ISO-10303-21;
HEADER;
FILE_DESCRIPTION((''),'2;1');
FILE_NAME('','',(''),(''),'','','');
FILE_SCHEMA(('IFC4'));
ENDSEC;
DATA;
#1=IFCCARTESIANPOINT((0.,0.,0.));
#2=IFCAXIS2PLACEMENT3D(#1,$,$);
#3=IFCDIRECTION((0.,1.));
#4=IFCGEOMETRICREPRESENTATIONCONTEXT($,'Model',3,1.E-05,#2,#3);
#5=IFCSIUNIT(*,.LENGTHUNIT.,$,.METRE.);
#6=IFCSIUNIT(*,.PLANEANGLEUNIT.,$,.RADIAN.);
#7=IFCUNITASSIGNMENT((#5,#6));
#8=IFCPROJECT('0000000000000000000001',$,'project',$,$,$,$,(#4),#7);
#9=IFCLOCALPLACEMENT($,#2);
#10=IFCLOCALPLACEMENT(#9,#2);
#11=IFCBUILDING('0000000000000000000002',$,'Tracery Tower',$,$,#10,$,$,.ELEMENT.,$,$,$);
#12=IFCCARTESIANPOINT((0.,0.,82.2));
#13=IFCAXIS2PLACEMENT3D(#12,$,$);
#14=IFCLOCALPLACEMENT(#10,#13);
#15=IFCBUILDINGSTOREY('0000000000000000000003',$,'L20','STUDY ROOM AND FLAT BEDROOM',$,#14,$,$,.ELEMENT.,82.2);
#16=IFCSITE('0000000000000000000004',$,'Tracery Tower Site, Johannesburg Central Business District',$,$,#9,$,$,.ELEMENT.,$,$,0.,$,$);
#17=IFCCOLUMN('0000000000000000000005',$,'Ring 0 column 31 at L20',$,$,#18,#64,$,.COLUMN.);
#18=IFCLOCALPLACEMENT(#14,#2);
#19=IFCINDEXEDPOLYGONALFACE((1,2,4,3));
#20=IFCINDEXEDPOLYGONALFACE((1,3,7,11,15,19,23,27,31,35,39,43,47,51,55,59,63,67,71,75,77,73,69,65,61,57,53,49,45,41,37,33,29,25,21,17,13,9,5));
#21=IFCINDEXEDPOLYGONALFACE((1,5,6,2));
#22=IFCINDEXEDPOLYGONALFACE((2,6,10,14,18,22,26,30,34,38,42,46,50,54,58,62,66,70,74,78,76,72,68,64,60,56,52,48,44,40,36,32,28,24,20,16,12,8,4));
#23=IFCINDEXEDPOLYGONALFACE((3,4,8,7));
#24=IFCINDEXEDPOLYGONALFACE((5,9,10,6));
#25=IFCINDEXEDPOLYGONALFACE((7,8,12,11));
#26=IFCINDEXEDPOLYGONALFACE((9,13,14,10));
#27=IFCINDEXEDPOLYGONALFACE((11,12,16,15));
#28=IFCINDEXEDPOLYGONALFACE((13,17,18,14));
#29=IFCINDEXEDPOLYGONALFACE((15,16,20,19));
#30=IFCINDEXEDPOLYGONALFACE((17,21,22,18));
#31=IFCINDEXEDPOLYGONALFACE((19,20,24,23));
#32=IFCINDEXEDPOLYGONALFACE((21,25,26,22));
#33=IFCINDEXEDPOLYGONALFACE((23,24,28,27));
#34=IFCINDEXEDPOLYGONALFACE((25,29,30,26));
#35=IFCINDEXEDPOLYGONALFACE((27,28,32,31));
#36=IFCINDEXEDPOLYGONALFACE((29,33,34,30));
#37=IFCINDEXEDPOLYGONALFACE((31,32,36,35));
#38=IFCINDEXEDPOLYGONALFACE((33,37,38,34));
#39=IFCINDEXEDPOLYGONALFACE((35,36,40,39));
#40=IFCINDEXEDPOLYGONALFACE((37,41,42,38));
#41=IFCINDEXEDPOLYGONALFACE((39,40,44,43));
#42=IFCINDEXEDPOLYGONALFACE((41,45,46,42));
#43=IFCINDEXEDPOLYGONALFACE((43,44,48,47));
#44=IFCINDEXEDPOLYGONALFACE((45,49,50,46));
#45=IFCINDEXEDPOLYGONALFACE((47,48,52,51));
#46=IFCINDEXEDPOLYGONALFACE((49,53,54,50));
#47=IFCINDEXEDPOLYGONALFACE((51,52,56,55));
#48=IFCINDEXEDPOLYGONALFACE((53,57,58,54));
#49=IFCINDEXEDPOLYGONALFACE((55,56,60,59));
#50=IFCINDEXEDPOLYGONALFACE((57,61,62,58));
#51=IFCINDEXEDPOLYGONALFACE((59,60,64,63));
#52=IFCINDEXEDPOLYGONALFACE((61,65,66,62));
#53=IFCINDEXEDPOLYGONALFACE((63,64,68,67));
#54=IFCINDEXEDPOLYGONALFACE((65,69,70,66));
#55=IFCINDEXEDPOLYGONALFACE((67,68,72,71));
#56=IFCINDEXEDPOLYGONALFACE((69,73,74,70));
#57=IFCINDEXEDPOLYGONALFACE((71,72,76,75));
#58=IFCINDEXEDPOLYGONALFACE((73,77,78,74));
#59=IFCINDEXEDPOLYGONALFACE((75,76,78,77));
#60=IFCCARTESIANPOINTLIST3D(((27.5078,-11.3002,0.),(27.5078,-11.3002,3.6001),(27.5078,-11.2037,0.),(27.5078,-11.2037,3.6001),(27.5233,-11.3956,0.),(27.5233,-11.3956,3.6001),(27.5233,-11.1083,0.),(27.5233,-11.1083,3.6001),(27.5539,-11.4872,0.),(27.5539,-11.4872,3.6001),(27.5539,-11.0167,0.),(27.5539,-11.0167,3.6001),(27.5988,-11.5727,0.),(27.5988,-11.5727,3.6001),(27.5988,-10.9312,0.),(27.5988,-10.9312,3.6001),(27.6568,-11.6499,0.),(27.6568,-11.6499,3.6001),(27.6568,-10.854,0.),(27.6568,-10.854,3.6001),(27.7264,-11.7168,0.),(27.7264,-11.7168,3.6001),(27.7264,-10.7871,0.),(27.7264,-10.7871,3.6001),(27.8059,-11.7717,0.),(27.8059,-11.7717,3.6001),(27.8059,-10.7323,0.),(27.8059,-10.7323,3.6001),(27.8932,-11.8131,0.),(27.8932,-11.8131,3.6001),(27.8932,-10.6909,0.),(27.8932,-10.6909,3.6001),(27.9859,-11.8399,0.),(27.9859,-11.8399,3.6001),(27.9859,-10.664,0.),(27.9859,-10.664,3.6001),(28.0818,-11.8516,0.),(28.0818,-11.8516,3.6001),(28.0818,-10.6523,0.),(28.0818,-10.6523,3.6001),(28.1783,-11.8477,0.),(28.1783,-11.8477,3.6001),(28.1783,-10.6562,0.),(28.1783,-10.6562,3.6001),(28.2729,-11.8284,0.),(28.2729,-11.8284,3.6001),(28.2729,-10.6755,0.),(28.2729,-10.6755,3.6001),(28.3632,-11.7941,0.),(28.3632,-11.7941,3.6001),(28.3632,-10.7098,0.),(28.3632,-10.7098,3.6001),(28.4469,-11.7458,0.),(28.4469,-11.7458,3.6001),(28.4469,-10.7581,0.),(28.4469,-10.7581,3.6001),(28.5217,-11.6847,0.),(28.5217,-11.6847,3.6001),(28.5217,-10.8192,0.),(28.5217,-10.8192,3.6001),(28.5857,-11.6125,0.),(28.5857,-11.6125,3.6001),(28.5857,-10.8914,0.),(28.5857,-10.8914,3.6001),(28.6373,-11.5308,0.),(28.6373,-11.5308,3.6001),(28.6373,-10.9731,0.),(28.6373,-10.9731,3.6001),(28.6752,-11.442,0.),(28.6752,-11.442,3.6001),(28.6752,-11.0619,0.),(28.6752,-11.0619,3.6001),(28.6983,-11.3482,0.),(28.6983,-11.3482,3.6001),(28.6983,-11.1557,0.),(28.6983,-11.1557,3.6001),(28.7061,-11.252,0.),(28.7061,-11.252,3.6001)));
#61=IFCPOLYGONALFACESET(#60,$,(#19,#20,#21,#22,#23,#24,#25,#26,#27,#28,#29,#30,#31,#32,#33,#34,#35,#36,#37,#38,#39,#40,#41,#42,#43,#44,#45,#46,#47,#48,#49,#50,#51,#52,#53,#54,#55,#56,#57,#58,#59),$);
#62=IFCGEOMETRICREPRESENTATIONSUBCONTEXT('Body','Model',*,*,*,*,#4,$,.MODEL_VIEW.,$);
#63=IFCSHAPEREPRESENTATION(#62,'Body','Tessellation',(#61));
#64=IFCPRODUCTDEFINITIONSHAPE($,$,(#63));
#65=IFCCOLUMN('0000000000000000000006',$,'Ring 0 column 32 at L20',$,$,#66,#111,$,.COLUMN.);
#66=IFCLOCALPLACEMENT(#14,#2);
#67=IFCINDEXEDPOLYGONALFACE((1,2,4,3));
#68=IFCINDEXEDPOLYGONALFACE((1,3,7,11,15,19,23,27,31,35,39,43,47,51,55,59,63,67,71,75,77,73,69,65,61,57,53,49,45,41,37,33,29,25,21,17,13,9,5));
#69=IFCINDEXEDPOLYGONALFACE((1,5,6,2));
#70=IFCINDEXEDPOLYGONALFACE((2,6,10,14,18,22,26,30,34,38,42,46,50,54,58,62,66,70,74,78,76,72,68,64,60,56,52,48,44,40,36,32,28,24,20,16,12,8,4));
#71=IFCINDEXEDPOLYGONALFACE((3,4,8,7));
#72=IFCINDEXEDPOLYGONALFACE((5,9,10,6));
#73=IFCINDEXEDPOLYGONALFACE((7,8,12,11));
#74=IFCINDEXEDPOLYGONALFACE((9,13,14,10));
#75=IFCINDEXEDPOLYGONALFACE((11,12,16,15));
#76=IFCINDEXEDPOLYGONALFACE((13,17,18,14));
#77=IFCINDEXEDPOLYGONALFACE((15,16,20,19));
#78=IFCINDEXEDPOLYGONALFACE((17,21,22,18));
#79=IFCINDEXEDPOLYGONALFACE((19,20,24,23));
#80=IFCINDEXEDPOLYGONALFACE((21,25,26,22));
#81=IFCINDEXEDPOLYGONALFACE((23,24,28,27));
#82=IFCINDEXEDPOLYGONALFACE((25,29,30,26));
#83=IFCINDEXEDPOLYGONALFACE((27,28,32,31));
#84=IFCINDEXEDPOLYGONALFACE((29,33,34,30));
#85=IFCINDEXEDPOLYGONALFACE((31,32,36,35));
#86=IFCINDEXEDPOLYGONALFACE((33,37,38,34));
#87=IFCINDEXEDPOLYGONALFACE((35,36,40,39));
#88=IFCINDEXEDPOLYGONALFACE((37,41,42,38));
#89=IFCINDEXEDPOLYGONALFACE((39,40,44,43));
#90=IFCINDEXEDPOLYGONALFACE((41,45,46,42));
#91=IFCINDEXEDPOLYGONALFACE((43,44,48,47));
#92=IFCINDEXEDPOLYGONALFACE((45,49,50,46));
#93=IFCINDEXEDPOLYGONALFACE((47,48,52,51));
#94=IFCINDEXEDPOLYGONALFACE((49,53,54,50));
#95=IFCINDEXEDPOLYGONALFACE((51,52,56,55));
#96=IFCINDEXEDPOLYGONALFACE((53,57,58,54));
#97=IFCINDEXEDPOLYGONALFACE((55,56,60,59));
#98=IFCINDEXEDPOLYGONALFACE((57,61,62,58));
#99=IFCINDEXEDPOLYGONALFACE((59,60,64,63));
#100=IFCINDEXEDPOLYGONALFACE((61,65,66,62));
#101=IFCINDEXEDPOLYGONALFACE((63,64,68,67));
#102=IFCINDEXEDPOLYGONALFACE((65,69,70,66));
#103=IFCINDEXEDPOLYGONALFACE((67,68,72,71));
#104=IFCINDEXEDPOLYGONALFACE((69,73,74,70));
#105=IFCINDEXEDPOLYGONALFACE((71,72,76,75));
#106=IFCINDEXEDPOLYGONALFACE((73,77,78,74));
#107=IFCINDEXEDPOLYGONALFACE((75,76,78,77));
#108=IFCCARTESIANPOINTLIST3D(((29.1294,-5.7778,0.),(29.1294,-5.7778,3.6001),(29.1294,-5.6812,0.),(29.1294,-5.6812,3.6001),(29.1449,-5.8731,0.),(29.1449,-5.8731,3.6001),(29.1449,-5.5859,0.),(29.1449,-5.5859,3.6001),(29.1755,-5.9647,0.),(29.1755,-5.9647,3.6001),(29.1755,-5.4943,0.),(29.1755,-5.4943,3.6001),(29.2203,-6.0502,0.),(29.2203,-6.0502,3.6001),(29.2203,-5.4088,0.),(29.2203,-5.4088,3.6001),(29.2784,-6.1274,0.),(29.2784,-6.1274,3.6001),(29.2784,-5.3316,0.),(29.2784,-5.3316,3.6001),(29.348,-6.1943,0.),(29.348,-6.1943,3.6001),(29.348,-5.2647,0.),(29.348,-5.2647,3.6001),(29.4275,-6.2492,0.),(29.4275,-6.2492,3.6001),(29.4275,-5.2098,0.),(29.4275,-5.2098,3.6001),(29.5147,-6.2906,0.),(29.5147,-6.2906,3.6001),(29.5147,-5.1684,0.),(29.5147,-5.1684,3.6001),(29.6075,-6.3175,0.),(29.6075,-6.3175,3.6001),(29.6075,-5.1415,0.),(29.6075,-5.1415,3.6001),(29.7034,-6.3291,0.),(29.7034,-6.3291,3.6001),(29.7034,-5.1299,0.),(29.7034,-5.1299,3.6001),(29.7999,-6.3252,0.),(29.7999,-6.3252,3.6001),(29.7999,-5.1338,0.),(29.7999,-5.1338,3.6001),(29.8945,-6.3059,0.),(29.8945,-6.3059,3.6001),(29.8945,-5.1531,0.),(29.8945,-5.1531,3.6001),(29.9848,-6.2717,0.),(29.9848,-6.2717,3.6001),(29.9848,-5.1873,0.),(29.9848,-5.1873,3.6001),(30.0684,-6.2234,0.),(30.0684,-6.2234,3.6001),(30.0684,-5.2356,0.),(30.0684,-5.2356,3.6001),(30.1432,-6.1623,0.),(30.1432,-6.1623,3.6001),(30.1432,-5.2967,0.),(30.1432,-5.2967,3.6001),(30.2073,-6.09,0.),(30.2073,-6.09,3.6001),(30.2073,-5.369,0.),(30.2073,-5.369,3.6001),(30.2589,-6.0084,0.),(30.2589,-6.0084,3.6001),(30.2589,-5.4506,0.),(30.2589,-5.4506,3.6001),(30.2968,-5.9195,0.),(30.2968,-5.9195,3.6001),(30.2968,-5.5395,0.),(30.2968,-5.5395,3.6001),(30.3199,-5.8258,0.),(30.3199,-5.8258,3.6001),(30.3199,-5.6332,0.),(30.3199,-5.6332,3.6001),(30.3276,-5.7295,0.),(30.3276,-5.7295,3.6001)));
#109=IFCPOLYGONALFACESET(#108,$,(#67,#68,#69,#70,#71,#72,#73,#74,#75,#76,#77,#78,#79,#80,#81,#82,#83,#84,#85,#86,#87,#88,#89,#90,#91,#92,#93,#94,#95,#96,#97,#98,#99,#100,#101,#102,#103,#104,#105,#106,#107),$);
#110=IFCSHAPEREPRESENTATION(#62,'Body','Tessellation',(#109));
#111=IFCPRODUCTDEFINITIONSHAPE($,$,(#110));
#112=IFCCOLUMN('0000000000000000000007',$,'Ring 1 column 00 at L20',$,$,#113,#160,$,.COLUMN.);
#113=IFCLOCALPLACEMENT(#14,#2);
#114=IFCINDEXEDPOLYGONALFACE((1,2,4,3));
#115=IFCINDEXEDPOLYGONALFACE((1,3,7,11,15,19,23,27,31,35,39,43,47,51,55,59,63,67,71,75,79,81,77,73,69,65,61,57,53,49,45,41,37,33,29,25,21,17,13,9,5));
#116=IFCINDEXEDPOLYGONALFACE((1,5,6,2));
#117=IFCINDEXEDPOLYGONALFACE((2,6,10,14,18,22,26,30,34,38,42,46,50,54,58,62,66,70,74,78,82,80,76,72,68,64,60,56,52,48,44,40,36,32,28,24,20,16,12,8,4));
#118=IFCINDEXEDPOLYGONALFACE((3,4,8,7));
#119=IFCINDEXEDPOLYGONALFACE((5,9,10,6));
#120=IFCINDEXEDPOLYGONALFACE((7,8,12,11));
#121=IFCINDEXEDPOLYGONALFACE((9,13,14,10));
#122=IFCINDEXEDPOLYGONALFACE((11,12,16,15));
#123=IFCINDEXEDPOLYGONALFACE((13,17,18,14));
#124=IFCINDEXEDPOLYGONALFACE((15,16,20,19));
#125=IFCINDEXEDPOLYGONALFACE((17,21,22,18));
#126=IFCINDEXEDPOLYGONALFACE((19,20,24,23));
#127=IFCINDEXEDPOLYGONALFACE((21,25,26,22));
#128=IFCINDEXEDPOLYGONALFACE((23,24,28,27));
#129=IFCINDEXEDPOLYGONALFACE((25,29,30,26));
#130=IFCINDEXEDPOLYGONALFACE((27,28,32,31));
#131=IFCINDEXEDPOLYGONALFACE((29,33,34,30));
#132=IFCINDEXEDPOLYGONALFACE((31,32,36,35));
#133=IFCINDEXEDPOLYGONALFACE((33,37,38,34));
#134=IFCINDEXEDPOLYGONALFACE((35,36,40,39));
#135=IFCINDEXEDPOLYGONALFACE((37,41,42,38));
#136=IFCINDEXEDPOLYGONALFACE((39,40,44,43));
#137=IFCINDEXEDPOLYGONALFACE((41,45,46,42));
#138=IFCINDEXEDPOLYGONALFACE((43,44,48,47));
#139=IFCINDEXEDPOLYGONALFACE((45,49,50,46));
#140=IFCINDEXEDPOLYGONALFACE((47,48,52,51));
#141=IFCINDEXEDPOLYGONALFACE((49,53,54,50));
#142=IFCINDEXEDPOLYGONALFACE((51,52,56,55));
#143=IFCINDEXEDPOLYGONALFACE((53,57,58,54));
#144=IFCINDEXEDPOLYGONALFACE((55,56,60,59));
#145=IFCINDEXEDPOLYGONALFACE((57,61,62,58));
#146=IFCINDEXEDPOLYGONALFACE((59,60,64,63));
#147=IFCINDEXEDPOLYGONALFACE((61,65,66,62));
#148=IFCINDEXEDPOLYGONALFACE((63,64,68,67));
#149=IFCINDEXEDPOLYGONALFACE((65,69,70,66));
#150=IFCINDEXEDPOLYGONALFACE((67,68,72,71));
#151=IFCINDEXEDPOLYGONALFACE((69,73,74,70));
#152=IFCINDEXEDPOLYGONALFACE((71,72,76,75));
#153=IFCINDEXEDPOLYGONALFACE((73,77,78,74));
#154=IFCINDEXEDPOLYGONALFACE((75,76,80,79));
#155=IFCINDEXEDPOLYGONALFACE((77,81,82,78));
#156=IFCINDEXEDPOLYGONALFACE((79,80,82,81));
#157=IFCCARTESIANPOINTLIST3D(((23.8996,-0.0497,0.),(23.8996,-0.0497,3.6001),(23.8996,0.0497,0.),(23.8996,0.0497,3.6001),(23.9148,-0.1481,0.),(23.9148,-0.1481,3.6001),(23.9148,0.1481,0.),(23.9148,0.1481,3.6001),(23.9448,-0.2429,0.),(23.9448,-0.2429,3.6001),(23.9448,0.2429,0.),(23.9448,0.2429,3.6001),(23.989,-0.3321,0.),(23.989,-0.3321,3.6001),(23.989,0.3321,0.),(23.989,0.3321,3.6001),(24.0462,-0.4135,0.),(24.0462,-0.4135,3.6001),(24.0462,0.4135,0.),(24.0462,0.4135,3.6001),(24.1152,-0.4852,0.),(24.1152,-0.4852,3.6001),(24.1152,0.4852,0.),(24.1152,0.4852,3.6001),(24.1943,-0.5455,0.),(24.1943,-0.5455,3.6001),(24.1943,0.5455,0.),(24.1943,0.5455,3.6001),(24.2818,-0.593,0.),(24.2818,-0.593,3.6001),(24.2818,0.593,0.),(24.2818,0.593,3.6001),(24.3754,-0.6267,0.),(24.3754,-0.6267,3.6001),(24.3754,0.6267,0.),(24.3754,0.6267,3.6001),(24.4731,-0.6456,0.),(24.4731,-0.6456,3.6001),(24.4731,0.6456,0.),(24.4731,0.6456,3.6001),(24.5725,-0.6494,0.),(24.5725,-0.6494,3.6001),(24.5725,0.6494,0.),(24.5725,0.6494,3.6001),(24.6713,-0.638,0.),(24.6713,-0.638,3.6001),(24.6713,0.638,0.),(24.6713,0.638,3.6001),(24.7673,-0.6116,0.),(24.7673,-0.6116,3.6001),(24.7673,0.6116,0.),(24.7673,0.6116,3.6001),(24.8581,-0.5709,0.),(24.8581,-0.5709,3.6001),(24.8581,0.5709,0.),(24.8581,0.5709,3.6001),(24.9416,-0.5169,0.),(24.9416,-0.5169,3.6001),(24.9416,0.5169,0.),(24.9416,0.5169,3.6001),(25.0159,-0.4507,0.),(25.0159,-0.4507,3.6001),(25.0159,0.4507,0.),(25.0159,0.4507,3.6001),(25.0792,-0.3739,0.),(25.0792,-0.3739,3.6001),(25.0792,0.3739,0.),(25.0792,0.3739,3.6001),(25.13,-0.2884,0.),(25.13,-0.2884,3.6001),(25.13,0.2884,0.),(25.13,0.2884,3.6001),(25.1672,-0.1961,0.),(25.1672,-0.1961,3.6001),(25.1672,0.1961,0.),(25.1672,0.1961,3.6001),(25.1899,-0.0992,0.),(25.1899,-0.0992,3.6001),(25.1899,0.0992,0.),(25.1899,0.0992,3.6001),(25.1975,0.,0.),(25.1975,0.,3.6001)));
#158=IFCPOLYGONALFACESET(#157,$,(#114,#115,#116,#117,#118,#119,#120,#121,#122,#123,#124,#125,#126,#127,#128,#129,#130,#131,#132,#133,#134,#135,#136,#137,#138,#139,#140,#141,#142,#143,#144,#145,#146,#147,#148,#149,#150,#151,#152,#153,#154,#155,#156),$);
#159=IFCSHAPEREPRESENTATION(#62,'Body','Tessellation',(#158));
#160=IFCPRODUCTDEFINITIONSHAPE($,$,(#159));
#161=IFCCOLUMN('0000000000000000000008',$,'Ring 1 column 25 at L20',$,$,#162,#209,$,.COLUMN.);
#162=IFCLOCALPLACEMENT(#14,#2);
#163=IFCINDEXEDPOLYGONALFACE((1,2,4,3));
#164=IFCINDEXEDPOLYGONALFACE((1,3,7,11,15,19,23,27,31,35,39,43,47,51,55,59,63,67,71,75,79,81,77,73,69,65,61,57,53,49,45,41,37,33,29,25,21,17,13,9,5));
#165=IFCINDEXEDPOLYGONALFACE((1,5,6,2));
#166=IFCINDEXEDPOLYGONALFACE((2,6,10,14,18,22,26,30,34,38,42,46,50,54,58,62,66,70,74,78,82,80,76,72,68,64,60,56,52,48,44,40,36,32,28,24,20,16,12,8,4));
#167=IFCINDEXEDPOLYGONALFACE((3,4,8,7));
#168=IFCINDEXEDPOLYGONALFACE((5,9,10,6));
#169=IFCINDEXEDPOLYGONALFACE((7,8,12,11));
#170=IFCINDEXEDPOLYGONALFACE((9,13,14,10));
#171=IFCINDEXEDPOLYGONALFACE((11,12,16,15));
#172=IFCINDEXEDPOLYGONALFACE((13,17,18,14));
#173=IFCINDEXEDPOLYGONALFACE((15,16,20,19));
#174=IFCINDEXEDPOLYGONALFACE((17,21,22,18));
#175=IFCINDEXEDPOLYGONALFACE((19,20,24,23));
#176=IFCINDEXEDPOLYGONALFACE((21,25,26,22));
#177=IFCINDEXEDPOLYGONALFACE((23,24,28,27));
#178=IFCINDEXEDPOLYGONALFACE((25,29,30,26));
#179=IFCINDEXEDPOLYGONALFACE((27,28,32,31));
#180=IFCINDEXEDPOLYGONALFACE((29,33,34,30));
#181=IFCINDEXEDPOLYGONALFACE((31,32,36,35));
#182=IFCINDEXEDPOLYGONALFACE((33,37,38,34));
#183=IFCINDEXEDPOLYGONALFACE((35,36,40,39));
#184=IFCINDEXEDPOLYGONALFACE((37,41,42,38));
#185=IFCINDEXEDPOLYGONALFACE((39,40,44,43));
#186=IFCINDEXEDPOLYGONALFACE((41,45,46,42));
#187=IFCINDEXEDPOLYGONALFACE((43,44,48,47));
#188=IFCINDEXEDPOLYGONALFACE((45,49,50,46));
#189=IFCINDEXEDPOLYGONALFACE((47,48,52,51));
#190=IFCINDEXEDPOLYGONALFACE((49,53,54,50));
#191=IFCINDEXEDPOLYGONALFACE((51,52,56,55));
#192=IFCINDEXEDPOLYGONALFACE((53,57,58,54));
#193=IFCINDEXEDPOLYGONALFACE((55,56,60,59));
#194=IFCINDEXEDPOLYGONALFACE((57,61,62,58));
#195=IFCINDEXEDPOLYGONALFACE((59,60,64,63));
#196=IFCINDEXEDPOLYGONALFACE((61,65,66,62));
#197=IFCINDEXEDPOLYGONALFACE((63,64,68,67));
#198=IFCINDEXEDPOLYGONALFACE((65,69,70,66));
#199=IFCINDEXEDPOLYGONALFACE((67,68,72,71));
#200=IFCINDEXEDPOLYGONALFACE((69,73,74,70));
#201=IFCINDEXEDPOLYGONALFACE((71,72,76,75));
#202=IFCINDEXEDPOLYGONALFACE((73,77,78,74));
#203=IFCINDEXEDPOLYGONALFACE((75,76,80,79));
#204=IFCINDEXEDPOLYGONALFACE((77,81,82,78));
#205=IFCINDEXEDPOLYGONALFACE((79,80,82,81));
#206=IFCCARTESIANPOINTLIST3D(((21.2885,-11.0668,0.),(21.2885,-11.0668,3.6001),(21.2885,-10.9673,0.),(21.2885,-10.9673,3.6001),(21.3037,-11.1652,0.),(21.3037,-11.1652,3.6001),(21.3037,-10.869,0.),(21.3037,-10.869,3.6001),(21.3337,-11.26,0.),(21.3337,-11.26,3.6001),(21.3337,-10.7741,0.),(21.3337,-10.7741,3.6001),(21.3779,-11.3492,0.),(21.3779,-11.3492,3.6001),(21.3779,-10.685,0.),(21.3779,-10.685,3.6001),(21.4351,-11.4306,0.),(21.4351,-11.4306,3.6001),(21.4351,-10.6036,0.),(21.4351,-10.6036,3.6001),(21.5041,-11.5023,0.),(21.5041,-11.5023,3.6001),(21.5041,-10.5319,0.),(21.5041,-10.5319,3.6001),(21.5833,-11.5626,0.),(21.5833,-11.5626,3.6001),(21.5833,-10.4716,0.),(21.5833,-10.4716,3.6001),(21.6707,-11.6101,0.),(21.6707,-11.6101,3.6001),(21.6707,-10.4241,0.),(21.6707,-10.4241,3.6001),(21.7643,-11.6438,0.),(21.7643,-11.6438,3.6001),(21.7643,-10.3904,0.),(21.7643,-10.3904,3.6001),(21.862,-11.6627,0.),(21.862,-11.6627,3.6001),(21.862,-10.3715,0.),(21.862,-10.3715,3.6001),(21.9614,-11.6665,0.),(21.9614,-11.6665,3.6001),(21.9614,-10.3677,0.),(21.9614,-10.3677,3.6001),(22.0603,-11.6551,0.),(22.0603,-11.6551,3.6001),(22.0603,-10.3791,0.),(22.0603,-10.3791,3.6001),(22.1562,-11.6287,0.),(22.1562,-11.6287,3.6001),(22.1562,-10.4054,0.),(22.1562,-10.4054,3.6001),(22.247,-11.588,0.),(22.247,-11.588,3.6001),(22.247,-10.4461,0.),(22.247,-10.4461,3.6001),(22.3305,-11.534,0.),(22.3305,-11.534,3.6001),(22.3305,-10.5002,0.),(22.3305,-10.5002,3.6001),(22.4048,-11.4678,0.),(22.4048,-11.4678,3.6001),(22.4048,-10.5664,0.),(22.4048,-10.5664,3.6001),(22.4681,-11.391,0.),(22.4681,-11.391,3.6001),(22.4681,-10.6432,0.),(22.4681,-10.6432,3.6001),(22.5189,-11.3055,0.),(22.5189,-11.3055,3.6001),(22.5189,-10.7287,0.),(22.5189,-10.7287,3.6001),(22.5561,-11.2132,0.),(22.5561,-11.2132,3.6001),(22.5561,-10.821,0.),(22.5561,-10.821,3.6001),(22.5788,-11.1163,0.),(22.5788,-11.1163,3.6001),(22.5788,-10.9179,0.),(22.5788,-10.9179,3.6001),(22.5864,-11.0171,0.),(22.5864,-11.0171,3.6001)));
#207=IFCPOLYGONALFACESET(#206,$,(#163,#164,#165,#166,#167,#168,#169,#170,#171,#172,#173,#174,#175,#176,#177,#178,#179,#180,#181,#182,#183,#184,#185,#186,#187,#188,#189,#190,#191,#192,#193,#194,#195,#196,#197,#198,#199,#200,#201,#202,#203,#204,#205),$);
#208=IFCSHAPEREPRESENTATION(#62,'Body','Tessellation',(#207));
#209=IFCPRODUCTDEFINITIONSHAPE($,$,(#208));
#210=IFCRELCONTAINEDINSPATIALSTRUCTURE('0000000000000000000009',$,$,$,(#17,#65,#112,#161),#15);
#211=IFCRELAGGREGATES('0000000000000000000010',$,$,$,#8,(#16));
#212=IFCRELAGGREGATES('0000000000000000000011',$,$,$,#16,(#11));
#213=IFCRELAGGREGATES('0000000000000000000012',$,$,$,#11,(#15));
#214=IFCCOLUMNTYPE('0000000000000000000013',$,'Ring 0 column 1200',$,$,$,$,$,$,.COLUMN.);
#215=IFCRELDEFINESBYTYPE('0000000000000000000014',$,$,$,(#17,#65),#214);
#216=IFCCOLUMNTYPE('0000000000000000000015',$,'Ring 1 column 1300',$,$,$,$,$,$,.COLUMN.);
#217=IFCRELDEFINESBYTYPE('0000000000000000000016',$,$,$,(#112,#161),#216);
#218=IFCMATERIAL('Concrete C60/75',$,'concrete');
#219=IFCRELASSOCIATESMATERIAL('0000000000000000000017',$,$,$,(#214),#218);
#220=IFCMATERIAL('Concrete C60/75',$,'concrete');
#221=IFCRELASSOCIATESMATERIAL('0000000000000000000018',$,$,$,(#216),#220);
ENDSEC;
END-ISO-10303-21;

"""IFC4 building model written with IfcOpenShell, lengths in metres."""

from ifc_helpers import new_model, si_unit, direction, frame, origin, origin_2d, place, context, subcontext, project, spatial, circle, extrude, material, material_profile, profile_set, type_object, element, save


model = new_model("IFC4")

# Units and contexts
model_context = context("Model", 3, precision=1e-05, world=origin(), true_north=direction((0.0, 1.0)))
body_context = subcontext(model_context, "Body", "Model", "MODEL_VIEW")
ifc_project = project(units=[si_unit("LENGTHUNIT", "METRE"), si_unit("PLANEANGLEUNIT", "RADIAN")], contexts=[model_context])

# Site, building, storey
site_placement = place(None, origin())
site = spatial("IfcSite", under=ifc_project, at=site_placement, Name="Tracery Tower Site, Johannesburg Central Business District", CompositionType="ELEMENT", RefElevation=0.0)
building_placement = place(site_placement, origin())
building = spatial("IfcBuilding", under=site, at=building_placement, Name="Tracery Tower", CompositionType="ELEMENT")
storey_placement = place(building_placement, frame((0.0, 0.0, 82.2)))
storey = spatial("IfcBuildingStorey", under=building, at=storey_placement, Name="L20", Description="STUDY ROOM AND FLAT BEDROOM", CompositionType="ELEMENT", Elevation=82.2)

# Columns
ifc_material_1 = material(Name="Concrete C60/75", Category="concrete")
ifc_material_profile_1 = material_profile(ifc_material_1, circle(Radius=0.6001, at=origin_2d()), Name="RC D1200")
ifc_profile_set_1 = profile_set([ifc_material_profile_1], Name="Concrete C60/75")
column_type_1 = type_object("IfcColumnType", Name="Ring 0 column 1200", PredefinedType="COLUMN", material=ifc_profile_set_1)
for number, where, z_axis, x_axis, name in (
    (1, (28.106, -11.252, 0.0), (0.0, 0.0, 1.0), (1.0, 0.0, 0.0), "Ring 0 column 31 at L20"),
    (2, (29.7275, -5.7295, 0.0), (0.0, 0.0, 1.0), (1.0, 0.0, 0.0), "Ring 0 column 32 at L20"),
):
    element("IfcColumn", number, at=place(storey_placement, frame(where, z_axis=z_axis, x_axis=x_axis)), inside=storey, type_object=column_type_1, Name=name, PredefinedType="COLUMN", context=body_context, shape_type="SweptSolid", body=[
        extrude(circle(Radius=0.6001, at=origin_2d()), origin(), (0.0, 0.0, 1.0), 3.6001),
    ])
ifc_material_2 = material(Name="Concrete C60/75", Category="concrete")
ifc_material_profile_2 = material_profile(ifc_material_2, circle(Radius=0.6499, at=origin_2d()), Name="RC D1300")
ifc_profile_set_2 = profile_set([ifc_material_profile_2], Name="Concrete C60/75")
column_type_2 = type_object("IfcColumnType", Name="Ring 1 column 1300", PredefinedType="COLUMN", material=ifc_profile_set_2)
for number, where, z_axis, x_axis, name in (
    (3, (24.5476, 0.0, 0.0), (0.0, 0.0, 1.0), (1.0, 0.0, 0.0), "Ring 1 column 00 at L20"),
    (4, (21.9365, -11.0171, 0.0), (0.0, 0.0, 1.0), (1.0, 0.0, 0.0), "Ring 1 column 25 at L20"),
):
    element("IfcColumn", number, at=place(storey_placement, frame(where, z_axis=z_axis, x_axis=x_axis)), inside=storey, type_object=column_type_2, Name=name, PredefinedType="COLUMN", context=body_context, shape_type="SweptSolid", body=[
        extrude(circle(Radius=0.6499, at=origin_2d()), origin(), (0.0, 0.0, 1.0), 3.6001),
    ])

save(model, "model.ifc")
